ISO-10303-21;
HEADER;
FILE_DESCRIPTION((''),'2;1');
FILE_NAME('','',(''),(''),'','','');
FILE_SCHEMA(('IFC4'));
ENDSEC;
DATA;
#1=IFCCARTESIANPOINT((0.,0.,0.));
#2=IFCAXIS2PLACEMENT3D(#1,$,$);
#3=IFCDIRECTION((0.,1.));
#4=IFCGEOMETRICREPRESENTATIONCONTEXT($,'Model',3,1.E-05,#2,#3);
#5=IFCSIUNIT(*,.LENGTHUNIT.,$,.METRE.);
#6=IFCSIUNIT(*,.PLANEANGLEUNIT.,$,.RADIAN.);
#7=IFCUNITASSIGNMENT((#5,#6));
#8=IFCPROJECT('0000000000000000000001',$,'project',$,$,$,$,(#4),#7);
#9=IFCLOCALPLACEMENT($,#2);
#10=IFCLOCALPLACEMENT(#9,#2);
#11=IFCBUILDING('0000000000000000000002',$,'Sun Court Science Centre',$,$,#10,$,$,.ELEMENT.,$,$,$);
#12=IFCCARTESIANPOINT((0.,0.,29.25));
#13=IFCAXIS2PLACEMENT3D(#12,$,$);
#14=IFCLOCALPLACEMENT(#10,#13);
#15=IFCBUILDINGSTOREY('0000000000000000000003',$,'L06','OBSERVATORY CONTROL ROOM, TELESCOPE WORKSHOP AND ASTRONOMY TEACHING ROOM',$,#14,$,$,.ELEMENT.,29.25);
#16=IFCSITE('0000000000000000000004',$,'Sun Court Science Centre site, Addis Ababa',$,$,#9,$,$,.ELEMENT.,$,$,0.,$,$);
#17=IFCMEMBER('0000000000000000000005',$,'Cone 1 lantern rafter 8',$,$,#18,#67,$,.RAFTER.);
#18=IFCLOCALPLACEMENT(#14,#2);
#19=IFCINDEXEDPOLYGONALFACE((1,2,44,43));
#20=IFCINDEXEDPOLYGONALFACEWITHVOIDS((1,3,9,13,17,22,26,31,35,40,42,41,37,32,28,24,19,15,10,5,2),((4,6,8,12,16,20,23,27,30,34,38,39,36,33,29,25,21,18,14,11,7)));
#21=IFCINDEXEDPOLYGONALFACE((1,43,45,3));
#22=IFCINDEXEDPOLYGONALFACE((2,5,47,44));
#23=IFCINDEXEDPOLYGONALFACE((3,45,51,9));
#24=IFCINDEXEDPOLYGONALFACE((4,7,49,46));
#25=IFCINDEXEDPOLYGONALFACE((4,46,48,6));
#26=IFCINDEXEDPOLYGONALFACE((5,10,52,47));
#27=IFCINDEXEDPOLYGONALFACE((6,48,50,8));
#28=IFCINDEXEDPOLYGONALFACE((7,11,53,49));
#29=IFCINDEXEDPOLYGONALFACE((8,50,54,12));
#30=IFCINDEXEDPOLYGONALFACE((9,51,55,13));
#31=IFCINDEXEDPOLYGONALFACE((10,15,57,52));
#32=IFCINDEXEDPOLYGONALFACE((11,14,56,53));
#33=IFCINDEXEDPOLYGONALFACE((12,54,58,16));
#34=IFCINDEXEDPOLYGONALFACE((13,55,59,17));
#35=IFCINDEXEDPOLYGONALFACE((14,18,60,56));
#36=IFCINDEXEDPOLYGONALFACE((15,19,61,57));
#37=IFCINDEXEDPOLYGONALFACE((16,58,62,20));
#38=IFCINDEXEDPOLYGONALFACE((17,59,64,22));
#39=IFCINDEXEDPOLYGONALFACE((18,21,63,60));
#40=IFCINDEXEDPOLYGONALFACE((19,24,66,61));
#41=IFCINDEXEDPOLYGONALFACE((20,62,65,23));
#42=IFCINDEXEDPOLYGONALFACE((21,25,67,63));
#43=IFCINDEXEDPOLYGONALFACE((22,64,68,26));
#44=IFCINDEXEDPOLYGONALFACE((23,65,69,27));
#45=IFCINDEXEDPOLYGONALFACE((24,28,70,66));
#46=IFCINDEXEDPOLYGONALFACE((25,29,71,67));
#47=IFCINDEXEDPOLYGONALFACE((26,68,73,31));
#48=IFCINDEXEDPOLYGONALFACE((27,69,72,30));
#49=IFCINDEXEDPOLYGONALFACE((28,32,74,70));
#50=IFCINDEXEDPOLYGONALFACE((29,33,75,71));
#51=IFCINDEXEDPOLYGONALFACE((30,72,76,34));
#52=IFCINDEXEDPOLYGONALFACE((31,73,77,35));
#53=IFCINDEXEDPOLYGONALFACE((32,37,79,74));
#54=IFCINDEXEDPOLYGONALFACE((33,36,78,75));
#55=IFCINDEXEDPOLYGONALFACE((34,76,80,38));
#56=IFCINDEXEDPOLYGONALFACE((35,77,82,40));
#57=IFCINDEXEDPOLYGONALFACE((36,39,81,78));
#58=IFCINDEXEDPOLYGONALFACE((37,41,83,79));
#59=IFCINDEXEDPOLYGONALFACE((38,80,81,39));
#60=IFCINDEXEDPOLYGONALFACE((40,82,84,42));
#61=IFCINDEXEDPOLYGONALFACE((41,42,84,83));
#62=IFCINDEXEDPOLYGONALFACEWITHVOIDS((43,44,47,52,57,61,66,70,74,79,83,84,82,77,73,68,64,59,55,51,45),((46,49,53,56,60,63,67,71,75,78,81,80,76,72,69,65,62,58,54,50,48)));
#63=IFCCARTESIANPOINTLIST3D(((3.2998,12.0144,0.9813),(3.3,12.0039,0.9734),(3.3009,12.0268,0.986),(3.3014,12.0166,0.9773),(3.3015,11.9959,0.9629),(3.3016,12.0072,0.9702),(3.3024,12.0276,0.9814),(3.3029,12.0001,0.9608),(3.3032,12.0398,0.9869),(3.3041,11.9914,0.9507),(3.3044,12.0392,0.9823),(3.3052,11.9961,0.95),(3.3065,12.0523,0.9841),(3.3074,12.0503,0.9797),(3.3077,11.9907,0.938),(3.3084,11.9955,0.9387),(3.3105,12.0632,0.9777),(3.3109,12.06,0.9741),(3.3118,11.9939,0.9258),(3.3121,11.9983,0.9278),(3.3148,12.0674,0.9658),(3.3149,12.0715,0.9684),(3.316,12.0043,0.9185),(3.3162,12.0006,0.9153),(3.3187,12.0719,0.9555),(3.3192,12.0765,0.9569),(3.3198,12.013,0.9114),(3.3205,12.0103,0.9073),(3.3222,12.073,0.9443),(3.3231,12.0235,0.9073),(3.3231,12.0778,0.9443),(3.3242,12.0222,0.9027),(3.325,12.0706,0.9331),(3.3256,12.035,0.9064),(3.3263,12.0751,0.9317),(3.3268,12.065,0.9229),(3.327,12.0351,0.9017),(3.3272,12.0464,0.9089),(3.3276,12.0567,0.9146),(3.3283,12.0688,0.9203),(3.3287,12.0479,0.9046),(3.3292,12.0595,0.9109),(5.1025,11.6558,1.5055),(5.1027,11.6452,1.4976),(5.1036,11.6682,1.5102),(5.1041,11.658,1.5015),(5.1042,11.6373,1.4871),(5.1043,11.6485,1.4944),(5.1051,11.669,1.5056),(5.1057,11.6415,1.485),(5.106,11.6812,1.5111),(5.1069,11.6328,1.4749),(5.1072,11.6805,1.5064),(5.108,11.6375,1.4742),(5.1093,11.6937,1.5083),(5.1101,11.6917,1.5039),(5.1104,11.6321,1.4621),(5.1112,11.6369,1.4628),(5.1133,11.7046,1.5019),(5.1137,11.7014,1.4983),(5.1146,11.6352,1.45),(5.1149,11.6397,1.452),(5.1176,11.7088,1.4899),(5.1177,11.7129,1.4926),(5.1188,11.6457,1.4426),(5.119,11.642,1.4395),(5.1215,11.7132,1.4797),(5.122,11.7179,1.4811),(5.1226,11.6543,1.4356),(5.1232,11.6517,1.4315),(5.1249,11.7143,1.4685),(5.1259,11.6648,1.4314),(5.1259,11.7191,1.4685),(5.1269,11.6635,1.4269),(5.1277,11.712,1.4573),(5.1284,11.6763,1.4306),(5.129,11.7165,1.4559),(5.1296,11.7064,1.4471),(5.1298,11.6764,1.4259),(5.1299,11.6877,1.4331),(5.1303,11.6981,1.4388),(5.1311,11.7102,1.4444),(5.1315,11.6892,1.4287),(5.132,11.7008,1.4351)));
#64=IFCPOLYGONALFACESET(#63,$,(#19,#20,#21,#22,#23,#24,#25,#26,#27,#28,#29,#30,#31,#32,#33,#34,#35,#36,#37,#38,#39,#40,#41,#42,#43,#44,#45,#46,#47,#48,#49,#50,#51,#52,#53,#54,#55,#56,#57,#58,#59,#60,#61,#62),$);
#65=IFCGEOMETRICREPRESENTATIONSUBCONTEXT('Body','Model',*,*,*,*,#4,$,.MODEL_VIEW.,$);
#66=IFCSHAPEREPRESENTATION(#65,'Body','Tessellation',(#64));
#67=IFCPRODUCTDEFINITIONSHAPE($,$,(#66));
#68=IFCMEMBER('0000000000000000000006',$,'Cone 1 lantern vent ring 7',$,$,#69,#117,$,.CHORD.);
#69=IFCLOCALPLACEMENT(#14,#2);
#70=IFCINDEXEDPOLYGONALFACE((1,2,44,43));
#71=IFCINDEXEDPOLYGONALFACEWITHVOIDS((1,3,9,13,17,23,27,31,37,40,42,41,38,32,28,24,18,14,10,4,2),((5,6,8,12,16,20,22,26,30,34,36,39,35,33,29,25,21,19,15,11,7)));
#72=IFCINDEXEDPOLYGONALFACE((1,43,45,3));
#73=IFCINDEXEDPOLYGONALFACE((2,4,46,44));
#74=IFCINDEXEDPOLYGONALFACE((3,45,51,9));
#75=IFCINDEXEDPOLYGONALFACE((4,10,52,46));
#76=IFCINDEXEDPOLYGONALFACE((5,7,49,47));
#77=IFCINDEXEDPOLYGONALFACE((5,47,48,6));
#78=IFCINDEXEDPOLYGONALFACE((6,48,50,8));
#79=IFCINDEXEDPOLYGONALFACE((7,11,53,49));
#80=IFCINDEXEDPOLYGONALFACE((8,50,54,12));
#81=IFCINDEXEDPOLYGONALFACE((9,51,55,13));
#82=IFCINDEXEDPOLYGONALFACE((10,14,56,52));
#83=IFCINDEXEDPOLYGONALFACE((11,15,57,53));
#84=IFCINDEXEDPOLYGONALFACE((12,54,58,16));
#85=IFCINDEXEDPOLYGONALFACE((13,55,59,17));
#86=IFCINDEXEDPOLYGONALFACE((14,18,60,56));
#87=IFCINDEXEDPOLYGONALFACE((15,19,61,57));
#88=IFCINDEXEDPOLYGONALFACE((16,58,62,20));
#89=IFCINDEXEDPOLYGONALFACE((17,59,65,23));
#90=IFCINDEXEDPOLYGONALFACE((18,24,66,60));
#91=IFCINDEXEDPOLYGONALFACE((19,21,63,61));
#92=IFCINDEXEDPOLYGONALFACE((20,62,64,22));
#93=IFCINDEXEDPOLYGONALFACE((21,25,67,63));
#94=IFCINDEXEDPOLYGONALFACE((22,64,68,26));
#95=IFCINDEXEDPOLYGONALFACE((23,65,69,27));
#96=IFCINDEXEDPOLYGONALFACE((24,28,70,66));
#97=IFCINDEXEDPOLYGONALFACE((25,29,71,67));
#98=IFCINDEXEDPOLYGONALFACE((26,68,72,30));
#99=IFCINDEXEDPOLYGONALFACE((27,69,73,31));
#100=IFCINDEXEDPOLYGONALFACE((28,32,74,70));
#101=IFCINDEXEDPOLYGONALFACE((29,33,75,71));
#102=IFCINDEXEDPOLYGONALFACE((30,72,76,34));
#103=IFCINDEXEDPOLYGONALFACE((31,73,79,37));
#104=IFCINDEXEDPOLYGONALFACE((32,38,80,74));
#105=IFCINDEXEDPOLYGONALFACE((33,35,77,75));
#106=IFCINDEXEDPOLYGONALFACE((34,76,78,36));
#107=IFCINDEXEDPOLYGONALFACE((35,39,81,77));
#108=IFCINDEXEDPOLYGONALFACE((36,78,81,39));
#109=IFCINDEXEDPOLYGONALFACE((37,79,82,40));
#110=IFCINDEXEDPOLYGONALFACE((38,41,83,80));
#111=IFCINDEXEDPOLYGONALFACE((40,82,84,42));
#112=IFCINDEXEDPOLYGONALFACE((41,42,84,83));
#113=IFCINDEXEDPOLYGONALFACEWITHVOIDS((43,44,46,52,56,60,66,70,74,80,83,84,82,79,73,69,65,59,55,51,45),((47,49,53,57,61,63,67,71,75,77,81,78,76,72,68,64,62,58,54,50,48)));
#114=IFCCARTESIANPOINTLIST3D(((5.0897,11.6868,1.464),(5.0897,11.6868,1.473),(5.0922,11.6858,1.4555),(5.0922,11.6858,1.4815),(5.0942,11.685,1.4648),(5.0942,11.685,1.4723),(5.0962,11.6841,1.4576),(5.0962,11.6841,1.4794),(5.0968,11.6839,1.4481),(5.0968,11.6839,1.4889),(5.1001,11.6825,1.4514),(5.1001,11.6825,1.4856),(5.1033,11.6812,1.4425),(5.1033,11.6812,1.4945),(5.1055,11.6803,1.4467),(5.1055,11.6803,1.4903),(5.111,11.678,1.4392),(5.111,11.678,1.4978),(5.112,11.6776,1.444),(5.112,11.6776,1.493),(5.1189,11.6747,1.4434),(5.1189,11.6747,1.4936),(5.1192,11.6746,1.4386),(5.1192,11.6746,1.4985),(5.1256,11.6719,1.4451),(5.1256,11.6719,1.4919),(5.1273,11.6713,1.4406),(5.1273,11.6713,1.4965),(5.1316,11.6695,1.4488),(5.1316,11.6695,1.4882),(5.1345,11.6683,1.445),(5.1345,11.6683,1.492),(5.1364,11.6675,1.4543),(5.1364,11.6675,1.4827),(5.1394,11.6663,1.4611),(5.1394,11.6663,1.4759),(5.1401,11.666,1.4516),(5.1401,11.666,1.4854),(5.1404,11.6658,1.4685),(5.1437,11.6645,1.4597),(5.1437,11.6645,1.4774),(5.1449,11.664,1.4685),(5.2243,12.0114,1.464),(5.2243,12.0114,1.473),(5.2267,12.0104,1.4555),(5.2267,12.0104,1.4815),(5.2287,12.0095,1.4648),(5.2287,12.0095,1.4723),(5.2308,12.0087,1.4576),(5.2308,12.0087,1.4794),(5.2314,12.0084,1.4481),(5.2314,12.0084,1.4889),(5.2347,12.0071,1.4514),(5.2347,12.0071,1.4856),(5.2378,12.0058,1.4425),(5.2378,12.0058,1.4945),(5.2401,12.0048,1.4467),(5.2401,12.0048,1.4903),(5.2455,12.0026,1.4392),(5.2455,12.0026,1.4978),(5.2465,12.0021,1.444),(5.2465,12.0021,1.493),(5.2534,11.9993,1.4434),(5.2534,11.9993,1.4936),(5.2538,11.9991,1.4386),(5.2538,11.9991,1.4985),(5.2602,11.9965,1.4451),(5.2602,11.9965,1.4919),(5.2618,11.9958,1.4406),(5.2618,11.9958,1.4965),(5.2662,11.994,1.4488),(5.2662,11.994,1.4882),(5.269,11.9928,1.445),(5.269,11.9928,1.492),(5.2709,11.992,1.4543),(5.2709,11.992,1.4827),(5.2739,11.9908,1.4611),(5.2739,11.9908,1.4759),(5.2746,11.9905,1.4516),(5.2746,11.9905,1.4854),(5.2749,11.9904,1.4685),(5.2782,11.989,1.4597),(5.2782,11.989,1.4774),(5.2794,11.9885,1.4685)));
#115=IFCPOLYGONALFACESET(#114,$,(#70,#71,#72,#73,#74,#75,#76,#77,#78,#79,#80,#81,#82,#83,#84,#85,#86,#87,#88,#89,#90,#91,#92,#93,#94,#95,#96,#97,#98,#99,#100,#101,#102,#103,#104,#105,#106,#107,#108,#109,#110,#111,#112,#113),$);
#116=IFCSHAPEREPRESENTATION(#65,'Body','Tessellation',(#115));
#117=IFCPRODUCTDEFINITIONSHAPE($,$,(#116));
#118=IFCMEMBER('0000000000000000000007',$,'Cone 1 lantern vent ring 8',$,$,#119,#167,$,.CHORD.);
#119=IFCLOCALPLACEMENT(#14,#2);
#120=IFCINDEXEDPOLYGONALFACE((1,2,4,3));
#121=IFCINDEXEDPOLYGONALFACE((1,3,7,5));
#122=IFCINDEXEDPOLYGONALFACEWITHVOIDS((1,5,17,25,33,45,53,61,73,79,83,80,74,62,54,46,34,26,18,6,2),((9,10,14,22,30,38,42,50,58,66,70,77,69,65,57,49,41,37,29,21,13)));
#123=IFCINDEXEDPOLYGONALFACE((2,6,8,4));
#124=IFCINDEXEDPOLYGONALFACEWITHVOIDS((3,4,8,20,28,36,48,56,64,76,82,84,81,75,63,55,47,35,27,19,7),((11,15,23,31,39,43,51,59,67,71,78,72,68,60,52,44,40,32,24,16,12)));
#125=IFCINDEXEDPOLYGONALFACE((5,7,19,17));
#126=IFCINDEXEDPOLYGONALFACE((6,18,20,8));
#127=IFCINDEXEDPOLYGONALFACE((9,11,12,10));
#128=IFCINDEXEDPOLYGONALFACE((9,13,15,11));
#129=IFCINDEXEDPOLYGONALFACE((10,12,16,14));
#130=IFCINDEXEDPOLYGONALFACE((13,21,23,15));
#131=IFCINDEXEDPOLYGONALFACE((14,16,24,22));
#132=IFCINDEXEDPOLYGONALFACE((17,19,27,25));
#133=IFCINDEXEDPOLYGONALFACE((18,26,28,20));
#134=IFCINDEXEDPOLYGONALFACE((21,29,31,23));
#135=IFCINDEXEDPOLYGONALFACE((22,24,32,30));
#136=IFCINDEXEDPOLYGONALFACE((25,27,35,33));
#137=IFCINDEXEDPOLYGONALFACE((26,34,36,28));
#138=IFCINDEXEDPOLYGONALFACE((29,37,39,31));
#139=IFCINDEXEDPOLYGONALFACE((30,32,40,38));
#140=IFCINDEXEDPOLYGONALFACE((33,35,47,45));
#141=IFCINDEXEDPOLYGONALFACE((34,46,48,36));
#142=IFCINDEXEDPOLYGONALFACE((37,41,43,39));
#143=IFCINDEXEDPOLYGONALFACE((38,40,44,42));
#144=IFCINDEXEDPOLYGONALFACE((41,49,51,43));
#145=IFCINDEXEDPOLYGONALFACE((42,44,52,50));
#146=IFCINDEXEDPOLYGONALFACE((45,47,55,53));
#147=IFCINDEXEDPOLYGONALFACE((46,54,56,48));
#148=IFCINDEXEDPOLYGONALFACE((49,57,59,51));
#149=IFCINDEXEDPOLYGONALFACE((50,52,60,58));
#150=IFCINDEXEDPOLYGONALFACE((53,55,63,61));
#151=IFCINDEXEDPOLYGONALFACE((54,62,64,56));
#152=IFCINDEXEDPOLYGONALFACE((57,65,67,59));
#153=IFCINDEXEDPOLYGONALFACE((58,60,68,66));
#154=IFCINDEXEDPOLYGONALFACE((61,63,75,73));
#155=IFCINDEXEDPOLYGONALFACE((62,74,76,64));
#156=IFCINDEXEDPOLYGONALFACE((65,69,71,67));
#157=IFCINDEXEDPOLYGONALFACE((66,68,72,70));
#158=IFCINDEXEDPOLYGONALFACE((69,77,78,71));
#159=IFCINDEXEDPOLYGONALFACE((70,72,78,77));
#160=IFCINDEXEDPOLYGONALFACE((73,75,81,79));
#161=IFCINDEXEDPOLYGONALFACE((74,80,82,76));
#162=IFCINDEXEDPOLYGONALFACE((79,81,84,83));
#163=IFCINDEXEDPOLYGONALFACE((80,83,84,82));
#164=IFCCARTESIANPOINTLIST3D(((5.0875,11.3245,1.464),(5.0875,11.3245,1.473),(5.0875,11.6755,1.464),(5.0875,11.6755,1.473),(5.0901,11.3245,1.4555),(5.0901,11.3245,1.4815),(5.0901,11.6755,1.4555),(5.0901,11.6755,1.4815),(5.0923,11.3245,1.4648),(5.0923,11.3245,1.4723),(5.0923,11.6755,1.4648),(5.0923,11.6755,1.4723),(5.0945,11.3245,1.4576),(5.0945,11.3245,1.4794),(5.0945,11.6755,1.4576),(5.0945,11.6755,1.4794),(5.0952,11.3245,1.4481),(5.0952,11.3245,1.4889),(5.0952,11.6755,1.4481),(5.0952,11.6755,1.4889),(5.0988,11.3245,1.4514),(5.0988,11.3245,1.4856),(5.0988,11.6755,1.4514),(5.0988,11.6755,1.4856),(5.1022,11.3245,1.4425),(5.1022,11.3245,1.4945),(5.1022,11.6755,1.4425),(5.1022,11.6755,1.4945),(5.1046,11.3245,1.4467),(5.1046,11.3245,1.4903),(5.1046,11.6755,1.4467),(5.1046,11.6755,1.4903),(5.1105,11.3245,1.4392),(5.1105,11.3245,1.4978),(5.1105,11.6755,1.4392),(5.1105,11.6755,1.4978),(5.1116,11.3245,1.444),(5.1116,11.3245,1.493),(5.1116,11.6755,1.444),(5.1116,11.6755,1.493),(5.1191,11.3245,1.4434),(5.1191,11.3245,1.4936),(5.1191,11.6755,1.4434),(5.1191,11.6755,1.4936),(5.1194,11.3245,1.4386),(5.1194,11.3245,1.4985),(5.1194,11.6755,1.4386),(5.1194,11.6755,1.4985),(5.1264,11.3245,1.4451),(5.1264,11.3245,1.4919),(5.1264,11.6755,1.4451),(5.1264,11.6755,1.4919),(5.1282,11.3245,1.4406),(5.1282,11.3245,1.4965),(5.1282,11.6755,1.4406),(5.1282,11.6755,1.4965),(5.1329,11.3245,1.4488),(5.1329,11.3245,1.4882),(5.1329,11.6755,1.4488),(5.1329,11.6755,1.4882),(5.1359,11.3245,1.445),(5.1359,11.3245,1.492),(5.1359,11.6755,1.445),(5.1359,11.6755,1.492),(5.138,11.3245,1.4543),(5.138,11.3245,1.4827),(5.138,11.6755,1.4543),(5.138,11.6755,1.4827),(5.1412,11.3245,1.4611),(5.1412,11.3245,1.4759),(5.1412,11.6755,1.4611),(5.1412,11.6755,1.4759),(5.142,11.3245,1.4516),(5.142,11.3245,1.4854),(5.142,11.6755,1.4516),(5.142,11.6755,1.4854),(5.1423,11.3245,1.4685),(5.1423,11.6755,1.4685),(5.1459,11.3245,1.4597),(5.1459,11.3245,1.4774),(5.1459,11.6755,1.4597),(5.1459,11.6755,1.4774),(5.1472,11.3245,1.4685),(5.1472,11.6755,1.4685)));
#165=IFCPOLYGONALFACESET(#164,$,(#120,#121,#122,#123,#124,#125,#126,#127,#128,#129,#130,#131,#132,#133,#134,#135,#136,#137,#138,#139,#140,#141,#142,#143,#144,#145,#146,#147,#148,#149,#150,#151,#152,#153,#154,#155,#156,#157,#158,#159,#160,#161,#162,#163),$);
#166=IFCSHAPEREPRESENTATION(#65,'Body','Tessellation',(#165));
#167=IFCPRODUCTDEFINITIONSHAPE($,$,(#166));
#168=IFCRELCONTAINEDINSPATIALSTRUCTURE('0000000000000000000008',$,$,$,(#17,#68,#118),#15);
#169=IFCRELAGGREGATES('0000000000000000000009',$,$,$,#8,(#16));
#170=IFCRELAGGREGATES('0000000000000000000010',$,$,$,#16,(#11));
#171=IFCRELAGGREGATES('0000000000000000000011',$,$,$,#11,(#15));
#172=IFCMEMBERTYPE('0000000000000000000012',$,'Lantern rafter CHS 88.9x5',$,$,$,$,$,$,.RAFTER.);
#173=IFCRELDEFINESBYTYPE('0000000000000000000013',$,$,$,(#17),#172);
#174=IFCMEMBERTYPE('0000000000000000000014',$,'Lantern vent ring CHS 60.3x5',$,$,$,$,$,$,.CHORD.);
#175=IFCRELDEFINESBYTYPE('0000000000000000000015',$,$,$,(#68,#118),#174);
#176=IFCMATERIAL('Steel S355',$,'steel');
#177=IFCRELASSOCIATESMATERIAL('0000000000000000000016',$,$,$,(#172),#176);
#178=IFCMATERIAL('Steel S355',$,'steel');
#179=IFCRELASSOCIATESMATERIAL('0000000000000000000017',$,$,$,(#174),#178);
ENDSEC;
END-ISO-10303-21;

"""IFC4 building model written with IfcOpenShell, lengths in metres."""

from ifc_helpers import new_model, si_unit, direction, frame, origin, origin_2d, place, context, subcontext, project, spatial, hollow_circle, extrude, material, material_profile, profile_set, type_object, element, save


model = new_model("IFC4")

# Units and contexts
model_context = context("Model", 3, precision=1e-05, world=origin(), true_north=direction((0.0, 1.0)))
body_context = subcontext(model_context, "Body", "Model", "MODEL_VIEW")
ifc_project = project(units=[si_unit("LENGTHUNIT", "METRE"), si_unit("PLANEANGLEUNIT", "RADIAN")], contexts=[model_context])

# Site, building, storey
site_placement = place(None, origin())
site = spatial("IfcSite", under=ifc_project, at=site_placement, Name="Sun Court Science Centre site, Addis Ababa", CompositionType="ELEMENT", RefElevation=0.0)
building_placement = place(site_placement, origin())
building = spatial("IfcBuilding", under=site, at=building_placement, Name="Sun Court Science Centre", CompositionType="ELEMENT")
storey_placement = place(building_placement, frame((0.0, 0.0, 29.25)))
storey = spatial("IfcBuildingStorey", under=building, at=storey_placement, Name="L06", Description="OBSERVATORY CONTROL ROOM, TELESCOPE WORKSHOP AND ASTRONOMY TEACHING ROOM", CompositionType="ELEMENT", Elevation=29.25)

# Members
ifc_material_1 = material(Name="Steel S355", Category="steel")
ifc_material_profile_1 = material_profile(ifc_material_1, hollow_circle(Radius=0.0444, WallThickness=0.0049, at=origin_2d()), Name="CHS 88.9x5")
ifc_profile_set_1 = profile_set([ifc_material_profile_1], Name="Steel S355")
member_type_1 = type_object("IfcMemberType", Name="Lantern rafter CHS 88.9x5", PredefinedType="RAFTER", material=ifc_profile_set_1)
member_1_placement = place(storey_placement, frame((3.3145, 12.0342, 0.9443), z_axis=(0.943177, -0.187639, 0.274242), x_axis=(0.19512, 0.980779, 0.0)))
element("IfcMember", 1, at=member_1_placement, inside=storey, type_object=member_type_1, Name="Cone 1 lantern rafter 8", PredefinedType="RAFTER", context=body_context, shape_type="SweptSolid", body=[
    extrude(hollow_circle(Radius=0.0444, WallThickness=0.0049, at=origin_2d()), origin(), (0.0, 0.0, 1.0), 1.9114),
])
ifc_material_2 = material(Name="Steel S355", Category="steel")
ifc_material_profile_2 = material_profile(ifc_material_2, hollow_circle(Radius=0.03, WallThickness=0.0049, at=origin_2d()), Name="CHS 60.3x5")
ifc_profile_set_2 = profile_set([ifc_material_profile_2], Name="Steel S355")
member_type_2 = type_object("IfcMemberType", Name="Lantern vent ring CHS 60.3x5", PredefinedType="CHORD", material=ifc_profile_set_2)
member_2_placement = place(storey_placement, frame((5.2517, 12.0, 1.4685), z_axis=(-0.382986, -0.923754, 0.0), x_axis=(0.923754, -0.382986, 0.0)))
element("IfcMember", 2, at=member_2_placement, inside=storey, type_object=member_type_2, Name="Cone 1 lantern vent ring 7", PredefinedType="CHORD", context=body_context, shape_type="SweptSolid", body=[
    extrude(hollow_circle(Radius=0.03, WallThickness=0.0049, at=origin_2d()), origin(), (0.0, 0.0, 1.0), 0.3513),
])
member_3_placement = place(storey_placement, frame((5.1172, 11.6755, 1.4685), z_axis=(0.0, -1.0, 0.0), x_axis=(1.0, 0.0, 0.0)))
element("IfcMember", 3, at=member_3_placement, inside=storey, type_object=member_type_2, Name="Cone 1 lantern vent ring 8", PredefinedType="CHORD", context=body_context, shape_type="SweptSolid", body=[
    extrude(hollow_circle(Radius=0.03, WallThickness=0.0049, at=origin_2d()), origin(), (0.0, 0.0, 1.0), 0.3511),
])

save(model, "model.ifc")
